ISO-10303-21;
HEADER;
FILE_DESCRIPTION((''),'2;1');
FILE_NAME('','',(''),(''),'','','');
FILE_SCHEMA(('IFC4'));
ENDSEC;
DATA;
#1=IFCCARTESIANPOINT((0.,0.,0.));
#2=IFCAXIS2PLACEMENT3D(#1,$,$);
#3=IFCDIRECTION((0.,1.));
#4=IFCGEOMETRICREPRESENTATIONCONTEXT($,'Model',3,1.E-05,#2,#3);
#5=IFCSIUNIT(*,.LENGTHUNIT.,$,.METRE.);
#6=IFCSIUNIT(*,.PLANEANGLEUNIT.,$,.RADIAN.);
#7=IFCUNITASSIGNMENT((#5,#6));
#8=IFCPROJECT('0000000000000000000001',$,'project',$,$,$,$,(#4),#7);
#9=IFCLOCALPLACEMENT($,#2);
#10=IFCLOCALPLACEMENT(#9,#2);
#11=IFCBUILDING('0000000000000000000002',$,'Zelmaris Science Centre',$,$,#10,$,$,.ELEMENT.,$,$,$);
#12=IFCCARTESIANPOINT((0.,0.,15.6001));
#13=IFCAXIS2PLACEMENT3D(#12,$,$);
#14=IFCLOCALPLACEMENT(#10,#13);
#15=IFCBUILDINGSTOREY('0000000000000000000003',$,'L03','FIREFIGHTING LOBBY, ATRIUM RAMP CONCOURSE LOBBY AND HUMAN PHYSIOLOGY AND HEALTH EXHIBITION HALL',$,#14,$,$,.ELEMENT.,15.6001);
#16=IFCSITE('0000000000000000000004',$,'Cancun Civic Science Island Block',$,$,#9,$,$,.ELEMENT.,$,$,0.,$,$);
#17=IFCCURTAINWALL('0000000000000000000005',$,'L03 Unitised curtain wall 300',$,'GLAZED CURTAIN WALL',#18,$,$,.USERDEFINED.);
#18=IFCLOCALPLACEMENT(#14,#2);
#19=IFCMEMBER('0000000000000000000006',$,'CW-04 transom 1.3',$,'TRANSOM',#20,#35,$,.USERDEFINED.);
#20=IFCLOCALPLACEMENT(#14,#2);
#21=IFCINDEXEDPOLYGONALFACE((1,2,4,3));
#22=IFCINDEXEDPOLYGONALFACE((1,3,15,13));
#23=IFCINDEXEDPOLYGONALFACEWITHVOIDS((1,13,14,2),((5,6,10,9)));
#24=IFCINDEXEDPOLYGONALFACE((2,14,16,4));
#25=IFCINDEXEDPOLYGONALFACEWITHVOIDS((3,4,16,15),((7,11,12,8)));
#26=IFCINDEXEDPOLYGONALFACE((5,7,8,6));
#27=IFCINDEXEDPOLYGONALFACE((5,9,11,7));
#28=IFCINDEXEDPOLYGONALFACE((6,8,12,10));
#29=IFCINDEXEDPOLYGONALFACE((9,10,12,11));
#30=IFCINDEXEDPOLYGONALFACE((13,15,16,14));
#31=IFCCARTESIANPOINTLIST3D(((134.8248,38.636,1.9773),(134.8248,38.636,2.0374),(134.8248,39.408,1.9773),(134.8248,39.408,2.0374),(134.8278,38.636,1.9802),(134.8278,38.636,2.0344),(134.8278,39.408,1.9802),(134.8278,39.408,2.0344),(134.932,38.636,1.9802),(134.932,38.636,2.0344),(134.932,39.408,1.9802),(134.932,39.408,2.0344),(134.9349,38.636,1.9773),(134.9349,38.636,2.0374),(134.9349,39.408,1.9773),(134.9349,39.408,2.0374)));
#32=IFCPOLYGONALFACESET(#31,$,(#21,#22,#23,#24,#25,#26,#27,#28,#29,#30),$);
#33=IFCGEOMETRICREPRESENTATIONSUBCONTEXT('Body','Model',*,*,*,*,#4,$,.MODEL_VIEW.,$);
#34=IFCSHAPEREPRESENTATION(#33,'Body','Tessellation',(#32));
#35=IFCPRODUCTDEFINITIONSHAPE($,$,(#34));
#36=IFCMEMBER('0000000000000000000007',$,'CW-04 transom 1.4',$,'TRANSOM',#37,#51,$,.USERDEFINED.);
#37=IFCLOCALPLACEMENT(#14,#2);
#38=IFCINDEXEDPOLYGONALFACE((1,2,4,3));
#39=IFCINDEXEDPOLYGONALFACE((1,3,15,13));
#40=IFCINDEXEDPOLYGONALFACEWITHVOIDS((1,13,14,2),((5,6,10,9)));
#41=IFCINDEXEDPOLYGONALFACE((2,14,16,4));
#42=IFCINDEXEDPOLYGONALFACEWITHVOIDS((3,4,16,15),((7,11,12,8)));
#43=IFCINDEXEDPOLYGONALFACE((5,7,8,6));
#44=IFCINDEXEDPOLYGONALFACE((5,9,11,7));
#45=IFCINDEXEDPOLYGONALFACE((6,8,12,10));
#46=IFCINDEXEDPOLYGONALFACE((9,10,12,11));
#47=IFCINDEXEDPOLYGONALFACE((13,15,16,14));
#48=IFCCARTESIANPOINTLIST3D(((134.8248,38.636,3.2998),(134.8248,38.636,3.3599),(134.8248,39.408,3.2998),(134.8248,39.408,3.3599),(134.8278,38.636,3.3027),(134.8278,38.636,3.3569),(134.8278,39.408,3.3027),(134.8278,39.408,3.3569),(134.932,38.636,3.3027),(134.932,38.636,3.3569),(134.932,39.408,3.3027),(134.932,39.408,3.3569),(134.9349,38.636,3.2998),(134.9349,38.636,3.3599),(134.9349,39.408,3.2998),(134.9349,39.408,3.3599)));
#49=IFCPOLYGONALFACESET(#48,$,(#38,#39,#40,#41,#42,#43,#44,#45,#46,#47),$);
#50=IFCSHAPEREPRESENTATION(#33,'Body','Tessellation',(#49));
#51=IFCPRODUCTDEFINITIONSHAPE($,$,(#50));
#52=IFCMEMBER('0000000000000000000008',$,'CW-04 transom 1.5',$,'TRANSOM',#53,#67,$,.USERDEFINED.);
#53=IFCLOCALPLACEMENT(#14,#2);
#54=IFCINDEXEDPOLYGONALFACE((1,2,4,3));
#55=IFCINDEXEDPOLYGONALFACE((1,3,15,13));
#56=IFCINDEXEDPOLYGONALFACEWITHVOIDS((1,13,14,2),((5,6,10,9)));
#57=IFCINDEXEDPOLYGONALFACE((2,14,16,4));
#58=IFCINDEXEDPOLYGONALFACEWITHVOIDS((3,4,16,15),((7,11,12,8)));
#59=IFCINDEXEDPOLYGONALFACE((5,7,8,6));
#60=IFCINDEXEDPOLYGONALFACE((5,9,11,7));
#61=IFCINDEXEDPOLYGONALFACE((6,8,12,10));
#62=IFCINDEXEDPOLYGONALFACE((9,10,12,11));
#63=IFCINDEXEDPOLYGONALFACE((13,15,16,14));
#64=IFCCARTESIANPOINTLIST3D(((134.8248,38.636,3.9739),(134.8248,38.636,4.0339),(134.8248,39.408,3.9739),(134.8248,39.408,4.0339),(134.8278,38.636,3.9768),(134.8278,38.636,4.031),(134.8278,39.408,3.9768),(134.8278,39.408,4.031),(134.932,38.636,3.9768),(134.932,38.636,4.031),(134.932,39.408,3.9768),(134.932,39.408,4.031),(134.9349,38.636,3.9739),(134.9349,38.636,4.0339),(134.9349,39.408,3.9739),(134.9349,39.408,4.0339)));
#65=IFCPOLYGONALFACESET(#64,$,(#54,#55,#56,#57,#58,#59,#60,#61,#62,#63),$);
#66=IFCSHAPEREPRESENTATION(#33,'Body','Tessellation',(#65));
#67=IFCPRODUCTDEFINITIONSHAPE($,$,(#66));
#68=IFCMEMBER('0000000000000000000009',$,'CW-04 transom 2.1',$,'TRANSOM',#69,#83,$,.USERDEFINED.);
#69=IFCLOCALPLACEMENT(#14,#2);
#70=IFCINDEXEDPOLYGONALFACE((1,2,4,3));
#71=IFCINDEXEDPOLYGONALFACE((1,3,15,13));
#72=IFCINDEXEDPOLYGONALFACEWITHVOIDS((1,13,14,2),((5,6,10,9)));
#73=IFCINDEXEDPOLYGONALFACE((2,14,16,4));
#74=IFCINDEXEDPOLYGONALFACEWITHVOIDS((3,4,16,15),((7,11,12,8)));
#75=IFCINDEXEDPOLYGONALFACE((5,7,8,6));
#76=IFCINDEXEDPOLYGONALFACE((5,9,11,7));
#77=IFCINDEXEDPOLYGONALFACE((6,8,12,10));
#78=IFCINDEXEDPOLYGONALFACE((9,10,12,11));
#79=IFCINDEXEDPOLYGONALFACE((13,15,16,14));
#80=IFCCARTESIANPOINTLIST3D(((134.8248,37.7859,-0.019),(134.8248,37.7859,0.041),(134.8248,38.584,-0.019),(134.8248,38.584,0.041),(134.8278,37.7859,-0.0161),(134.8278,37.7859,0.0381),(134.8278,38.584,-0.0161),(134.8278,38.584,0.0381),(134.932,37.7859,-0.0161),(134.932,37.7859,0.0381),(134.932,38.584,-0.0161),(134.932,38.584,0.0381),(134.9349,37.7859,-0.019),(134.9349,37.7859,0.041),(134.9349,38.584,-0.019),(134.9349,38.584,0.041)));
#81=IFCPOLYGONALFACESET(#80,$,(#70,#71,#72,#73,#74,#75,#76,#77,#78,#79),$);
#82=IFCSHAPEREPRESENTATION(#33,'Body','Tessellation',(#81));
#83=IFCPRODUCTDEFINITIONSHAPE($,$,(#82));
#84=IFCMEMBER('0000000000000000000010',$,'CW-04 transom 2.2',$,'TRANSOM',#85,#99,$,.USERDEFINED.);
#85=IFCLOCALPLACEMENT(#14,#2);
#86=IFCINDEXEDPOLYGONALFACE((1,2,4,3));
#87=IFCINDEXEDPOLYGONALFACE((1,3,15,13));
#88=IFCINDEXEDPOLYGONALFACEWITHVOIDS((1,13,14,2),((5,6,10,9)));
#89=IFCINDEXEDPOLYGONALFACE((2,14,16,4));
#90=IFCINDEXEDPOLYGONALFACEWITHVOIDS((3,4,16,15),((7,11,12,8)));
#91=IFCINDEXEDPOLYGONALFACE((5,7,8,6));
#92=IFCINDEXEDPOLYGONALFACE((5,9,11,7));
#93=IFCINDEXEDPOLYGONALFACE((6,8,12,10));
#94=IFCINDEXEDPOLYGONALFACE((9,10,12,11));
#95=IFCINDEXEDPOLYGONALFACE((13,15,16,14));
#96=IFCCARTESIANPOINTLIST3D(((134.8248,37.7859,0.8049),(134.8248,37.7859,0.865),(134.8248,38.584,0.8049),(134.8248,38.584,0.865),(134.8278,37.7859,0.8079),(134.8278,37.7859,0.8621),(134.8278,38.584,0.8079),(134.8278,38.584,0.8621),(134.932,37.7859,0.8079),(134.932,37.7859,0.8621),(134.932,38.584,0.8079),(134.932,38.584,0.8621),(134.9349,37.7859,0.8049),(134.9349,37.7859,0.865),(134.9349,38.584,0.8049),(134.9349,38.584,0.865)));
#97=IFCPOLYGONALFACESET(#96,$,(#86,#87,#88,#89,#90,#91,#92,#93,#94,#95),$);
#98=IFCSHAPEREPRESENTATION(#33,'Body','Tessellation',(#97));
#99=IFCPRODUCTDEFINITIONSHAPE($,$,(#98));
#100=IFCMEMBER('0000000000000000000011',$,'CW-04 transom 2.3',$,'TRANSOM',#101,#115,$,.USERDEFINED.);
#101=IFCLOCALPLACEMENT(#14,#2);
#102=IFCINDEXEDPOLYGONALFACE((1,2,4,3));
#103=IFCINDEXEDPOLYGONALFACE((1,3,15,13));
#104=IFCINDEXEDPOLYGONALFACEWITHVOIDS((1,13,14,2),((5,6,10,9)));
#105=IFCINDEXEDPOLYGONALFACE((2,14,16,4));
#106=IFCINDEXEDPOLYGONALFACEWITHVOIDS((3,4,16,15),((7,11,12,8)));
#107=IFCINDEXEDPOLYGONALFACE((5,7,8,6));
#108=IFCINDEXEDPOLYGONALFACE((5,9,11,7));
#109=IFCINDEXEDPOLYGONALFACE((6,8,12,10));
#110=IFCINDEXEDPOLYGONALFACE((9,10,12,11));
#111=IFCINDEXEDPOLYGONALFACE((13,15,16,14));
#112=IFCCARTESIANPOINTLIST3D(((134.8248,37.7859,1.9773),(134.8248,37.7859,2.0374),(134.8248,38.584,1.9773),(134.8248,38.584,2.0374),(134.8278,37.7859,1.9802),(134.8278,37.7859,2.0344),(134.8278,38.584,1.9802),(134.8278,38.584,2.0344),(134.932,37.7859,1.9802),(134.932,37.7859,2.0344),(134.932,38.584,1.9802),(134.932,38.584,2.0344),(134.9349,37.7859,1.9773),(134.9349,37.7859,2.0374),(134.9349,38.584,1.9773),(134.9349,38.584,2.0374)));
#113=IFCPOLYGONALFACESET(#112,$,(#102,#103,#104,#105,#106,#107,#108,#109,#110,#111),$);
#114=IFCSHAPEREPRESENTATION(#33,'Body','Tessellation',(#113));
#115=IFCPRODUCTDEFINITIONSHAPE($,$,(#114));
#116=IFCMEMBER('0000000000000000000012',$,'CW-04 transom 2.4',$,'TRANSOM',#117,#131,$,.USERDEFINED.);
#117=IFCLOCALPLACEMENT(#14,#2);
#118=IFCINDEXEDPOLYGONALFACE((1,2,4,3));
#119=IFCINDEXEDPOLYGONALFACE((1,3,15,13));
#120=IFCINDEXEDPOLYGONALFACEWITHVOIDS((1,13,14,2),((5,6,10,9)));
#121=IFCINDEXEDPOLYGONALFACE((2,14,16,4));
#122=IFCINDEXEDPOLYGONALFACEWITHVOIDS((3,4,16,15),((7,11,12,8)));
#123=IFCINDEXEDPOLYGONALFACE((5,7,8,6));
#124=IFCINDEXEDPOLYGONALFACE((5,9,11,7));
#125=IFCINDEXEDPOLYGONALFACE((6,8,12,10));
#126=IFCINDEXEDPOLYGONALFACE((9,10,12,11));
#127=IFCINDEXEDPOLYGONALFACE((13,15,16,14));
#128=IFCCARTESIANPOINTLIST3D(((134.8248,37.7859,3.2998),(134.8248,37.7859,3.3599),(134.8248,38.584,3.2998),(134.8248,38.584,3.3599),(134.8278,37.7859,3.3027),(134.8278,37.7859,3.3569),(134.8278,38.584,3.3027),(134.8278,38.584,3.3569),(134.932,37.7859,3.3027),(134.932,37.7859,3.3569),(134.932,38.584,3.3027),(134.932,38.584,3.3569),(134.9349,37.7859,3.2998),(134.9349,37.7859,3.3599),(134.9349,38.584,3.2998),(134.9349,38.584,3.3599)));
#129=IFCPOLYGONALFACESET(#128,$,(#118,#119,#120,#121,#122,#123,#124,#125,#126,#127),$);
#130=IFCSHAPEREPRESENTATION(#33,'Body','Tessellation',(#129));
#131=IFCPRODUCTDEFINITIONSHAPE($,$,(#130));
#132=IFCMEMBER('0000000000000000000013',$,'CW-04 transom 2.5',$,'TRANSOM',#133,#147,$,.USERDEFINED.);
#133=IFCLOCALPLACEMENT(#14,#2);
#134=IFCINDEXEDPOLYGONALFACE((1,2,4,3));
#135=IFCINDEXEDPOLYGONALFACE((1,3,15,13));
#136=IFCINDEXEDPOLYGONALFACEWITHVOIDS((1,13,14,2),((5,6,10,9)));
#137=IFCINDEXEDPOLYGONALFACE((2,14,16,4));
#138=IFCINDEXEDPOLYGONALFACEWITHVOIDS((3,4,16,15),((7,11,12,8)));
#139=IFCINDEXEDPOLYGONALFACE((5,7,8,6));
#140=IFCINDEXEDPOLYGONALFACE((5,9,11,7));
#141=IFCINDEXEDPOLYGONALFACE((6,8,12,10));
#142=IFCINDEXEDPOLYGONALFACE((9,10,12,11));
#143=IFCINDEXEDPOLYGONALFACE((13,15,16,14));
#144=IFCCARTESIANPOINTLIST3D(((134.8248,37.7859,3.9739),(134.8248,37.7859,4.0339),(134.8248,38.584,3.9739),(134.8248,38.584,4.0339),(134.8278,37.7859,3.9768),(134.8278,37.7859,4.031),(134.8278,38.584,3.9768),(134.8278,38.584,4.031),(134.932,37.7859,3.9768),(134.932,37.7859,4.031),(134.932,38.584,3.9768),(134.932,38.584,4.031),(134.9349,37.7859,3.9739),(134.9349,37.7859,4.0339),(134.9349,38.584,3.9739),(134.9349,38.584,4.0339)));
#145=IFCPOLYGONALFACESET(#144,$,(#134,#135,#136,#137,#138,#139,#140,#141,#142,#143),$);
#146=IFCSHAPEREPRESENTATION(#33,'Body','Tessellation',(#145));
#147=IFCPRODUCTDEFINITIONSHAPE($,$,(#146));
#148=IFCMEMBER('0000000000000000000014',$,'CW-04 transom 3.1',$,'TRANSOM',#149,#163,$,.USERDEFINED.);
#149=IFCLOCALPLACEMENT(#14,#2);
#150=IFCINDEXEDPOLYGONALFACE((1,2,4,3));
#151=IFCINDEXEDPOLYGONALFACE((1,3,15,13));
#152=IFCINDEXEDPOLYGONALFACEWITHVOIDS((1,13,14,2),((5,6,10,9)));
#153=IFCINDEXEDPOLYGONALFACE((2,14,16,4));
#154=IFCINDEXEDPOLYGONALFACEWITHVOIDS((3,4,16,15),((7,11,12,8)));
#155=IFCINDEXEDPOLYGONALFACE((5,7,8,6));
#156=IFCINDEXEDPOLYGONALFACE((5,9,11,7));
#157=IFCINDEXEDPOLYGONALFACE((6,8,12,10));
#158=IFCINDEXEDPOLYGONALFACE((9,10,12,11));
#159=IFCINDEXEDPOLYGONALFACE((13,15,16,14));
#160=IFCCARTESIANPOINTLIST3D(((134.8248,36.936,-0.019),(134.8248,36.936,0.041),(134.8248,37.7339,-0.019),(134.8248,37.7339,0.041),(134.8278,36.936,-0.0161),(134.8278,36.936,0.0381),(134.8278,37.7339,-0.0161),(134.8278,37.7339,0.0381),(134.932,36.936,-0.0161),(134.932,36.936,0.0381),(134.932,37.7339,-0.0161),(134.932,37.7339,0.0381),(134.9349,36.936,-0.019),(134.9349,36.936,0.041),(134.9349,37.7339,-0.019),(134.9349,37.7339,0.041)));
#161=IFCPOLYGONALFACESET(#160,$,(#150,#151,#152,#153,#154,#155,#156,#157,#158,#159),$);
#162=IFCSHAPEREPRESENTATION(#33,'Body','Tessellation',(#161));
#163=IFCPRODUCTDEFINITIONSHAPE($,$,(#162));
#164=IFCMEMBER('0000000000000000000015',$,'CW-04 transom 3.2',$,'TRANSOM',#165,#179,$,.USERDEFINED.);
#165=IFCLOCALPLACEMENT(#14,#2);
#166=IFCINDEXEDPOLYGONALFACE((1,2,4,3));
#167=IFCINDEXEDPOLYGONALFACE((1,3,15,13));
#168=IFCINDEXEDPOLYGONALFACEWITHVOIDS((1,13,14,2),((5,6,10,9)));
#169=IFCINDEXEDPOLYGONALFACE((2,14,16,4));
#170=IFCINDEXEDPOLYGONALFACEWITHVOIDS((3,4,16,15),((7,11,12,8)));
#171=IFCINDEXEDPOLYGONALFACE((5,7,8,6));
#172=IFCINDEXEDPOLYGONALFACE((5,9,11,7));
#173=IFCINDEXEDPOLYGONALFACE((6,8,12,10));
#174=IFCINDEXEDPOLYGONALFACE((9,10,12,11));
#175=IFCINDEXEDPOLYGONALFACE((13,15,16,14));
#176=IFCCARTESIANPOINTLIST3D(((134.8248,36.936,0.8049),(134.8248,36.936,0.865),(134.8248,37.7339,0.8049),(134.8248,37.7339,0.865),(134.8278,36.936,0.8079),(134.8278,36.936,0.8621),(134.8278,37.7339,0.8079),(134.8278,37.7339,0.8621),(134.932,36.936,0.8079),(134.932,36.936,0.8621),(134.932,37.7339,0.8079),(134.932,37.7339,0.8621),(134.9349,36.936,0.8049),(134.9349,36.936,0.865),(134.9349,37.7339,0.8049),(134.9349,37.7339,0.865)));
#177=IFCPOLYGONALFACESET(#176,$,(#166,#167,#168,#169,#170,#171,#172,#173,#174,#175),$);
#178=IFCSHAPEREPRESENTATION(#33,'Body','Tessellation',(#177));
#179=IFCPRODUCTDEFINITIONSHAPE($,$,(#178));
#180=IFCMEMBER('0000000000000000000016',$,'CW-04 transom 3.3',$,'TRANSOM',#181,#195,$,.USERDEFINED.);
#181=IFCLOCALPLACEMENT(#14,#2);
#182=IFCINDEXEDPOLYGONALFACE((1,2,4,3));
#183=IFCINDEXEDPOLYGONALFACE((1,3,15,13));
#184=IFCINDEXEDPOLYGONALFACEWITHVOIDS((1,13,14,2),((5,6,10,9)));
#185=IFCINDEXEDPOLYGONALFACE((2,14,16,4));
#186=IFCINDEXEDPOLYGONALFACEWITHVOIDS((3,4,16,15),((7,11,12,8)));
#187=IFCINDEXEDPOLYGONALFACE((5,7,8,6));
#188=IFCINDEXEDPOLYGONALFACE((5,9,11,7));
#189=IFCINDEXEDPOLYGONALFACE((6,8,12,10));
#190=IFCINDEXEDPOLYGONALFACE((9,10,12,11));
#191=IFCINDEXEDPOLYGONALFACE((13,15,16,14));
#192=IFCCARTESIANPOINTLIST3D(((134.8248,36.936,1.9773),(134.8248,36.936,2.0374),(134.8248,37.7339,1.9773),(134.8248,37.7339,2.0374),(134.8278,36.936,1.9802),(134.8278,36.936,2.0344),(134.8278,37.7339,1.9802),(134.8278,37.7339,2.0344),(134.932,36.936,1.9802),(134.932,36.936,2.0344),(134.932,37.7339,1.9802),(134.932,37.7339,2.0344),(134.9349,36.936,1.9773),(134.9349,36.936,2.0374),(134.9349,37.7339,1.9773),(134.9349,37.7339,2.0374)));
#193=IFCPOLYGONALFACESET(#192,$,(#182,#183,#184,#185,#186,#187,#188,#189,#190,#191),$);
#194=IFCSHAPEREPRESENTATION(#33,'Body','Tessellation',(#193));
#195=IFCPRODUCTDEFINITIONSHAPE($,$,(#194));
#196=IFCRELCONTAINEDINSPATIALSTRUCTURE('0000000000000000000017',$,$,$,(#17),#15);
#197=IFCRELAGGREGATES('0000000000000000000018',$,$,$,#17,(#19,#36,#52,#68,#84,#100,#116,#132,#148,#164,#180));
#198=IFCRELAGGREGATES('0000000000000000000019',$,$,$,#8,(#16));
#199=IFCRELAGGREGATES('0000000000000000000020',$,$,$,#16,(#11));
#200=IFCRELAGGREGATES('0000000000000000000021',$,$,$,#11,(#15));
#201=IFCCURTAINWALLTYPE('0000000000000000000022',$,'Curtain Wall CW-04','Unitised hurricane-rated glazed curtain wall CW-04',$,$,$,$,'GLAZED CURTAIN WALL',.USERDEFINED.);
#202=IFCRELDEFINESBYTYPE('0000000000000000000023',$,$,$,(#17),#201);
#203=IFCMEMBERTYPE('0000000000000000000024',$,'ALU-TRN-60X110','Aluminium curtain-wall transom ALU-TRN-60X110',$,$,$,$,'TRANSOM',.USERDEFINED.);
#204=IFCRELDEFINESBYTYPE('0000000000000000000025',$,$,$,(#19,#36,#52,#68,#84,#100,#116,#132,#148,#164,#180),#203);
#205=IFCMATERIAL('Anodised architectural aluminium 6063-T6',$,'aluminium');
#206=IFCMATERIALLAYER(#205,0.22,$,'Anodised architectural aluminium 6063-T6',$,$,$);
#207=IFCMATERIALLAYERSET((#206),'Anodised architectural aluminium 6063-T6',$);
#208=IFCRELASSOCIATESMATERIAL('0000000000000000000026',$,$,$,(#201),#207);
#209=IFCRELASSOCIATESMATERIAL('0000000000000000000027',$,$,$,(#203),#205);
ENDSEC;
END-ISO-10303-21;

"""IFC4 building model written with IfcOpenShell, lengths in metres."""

from ifc_helpers import new_model, si_unit, direction, frame, origin, origin_2d, place, context, subcontext, project, spatial, hollow_rectangle, extrude, material, layer, layer_set, material_profile, profile_set, type_object, element, aggregate, save


model = new_model("IFC4")

# Units and contexts
model_context = context("Model", 3, precision=1e-05, world=origin(), true_north=direction((0.0, 1.0)))
body_context = subcontext(model_context, "Body", "Model", "MODEL_VIEW")
ifc_project = project(units=[si_unit("LENGTHUNIT", "METRE"), si_unit("PLANEANGLEUNIT", "RADIAN")], contexts=[model_context])

# Site, building, storey
site_placement = place(None, origin())
site = spatial("IfcSite", under=ifc_project, at=site_placement, Name="Cancun Civic Science Island Block", CompositionType="ELEMENT", RefElevation=0.0)
building_placement = place(site_placement, origin())
building = spatial("IfcBuilding", under=site, at=building_placement, Name="Zelmaris Science Centre", CompositionType="ELEMENT")
storey_placement = place(building_placement, frame((0.0, 0.0, 15.6001)))
storey = spatial("IfcBuildingStorey", under=building, at=storey_placement, Name="L03", Description="FIREFIGHTING LOBBY, ATRIUM RAMP CONCOURSE LOBBY AND HUMAN PHYSIOLOGY AND HEALTH EXHIBITION HALL", CompositionType="ELEMENT", Elevation=15.6001)

# Curtain wall, members
ifc_material_1 = material(Name="Anodised architectural aluminium 6063-T6", Category="aluminium")
ifc_layer_1 = layer(ifc_material_1, 0.22, Name="Anodised architectural aluminium 6063-T6")
ifc_layer_set_1 = layer_set([ifc_layer_1], Name="Anodised architectural aluminium 6063-T6")
curtain_wall_type = type_object("IfcCurtainWallType", Name="Curtain Wall CW-04", Description="Unitised hurricane-rated glazed curtain wall CW-04", ElementType="GLAZED CURTAIN WALL", PredefinedType="USERDEFINED", material=ifc_layer_set_1)
curtain_wall_placement = place(storey_placement, origin())
curtain_wall = element("IfcCurtainWall", 1, at=curtain_wall_placement, inside=storey, type_object=curtain_wall_type, Name="L03 Unitised curtain wall 300", ObjectType="GLAZED CURTAIN WALL", PredefinedType="USERDEFINED")
ifc_material_profile_1 = material_profile(ifc_material_1, hollow_rectangle(XDim=0.0601, YDim=0.1101, WallThickness=0.0029, at=origin_2d()), Name="ALU-TRN-60X110")
ifc_profile_set_1 = profile_set([ifc_material_profile_1], Name="Anodised architectural aluminium 6063-T6")
member_type_1 = type_object("IfcMemberType", Name="ALU-TRN-60X110", Description="Aluminium curtain-wall transom ALU-TRN-60X110", ElementType="TRANSOM", PredefinedType="USERDEFINED", material=ifc_profile_set_1)
member_1_placement = place(storey_placement, frame((134.8799, 39.408, 2.0073), z_axis=(0.0, -1.0, 0.0), x_axis=(0.0, 0.0, 1.0)))
member_1 = element("IfcMember", 2, at=member_1_placement, type_object=member_type_1, Name="CW-04 transom 1.3", ObjectType="TRANSOM", PredefinedType="USERDEFINED", context=body_context, shape_type="SweptSolid", body=[
    extrude(hollow_rectangle(XDim=0.0601, YDim=0.1101, WallThickness=0.0029, at=origin_2d()), origin(), (0.0, 0.0, 1.0), 0.772),
])
member_2_placement = place(storey_placement, frame((134.8799, 39.408, 3.3298), z_axis=(0.0, -1.0, 0.0), x_axis=(0.0, 0.0, 1.0)))
member_2 = element("IfcMember", 3, at=member_2_placement, type_object=member_type_1, Name="CW-04 transom 1.4", ObjectType="TRANSOM", PredefinedType="USERDEFINED", context=body_context, shape_type="SweptSolid", body=[
    extrude(hollow_rectangle(XDim=0.0601, YDim=0.1101, WallThickness=0.0029, at=origin_2d()), origin(), (0.0, 0.0, 1.0), 0.772),
])
member_3_placement = place(storey_placement, frame((134.8799, 39.408, 4.0039), z_axis=(0.0, -1.0, 0.0), x_axis=(0.0, 0.0, 1.0)))
member_3 = element("IfcMember", 4, at=member_3_placement, type_object=member_type_1, Name="CW-04 transom 1.5", ObjectType="TRANSOM", PredefinedType="USERDEFINED", context=body_context, shape_type="SweptSolid", body=[
    extrude(hollow_rectangle(XDim=0.0601, YDim=0.1101, WallThickness=0.0029, at=origin_2d()), origin(), (0.0, 0.0, 1.0), 0.772),
])
member_4_placement = place(storey_placement, frame((134.8799, 38.584, 0.011), z_axis=(0.0, -1.0, 0.0), x_axis=(0.0, 0.0, 1.0)))
member_4 = element("IfcMember", 5, at=member_4_placement, type_object=member_type_1, Name="CW-04 transom 2.1", ObjectType="TRANSOM", PredefinedType="USERDEFINED", context=body_context, shape_type="SweptSolid", body=[
    extrude(hollow_rectangle(XDim=0.0601, YDim=0.1101, WallThickness=0.0029, at=origin_2d()), origin(), (0.0, 0.0, 1.0), 0.7981),
])
member_5_placement = place(storey_placement, frame((134.8799, 38.584, 0.835), z_axis=(0.0, -1.0, 0.0), x_axis=(0.0, 0.0, 1.0)))
member_5 = element("IfcMember", 6, at=member_5_placement, type_object=member_type_1, Name="CW-04 transom 2.2", ObjectType="TRANSOM", PredefinedType="USERDEFINED", context=body_context, shape_type="SweptSolid", body=[
    extrude(hollow_rectangle(XDim=0.0601, YDim=0.1101, WallThickness=0.0029, at=origin_2d()), origin(), (0.0, 0.0, 1.0), 0.7981),
])
member_6_placement = place(storey_placement, frame((134.8799, 38.584, 2.0073), z_axis=(0.0, -1.0, 0.0), x_axis=(0.0, 0.0, 1.0)))
member_6 = element("IfcMember", 7, at=member_6_placement, type_object=member_type_1, Name="CW-04 transom 2.3", ObjectType="TRANSOM", PredefinedType="USERDEFINED", context=body_context, shape_type="SweptSolid", body=[
    extrude(hollow_rectangle(XDim=0.0601, YDim=0.1101, WallThickness=0.0029, at=origin_2d()), origin(), (0.0, 0.0, 1.0), 0.7981),
])
member_7_placement = place(storey_placement, frame((134.8799, 38.584, 3.3298), z_axis=(0.0, -1.0, 0.0), x_axis=(0.0, 0.0, 1.0)))
member_7 = element("IfcMember", 8, at=member_7_placement, type_object=member_type_1, Name="CW-04 transom 2.4", ObjectType="TRANSOM", PredefinedType="USERDEFINED", context=body_context, shape_type="SweptSolid", body=[
    extrude(hollow_rectangle(XDim=0.0601, YDim=0.1101, WallThickness=0.0029, at=origin_2d()), origin(), (0.0, 0.0, 1.0), 0.7981),
])
member_8_placement = place(storey_placement, frame((134.8799, 38.584, 4.0039), z_axis=(0.0, -1.0, 0.0), x_axis=(0.0, 0.0, 1.0)))
member_8 = element("IfcMember", 9, at=member_8_placement, type_object=member_type_1, Name="CW-04 transom 2.5", ObjectType="TRANSOM", PredefinedType="USERDEFINED", context=body_context, shape_type="SweptSolid", body=[
    extrude(hollow_rectangle(XDim=0.0601, YDim=0.1101, WallThickness=0.0029, at=origin_2d()), origin(), (0.0, 0.0, 1.0), 0.7981),
])
member_9_placement = place(storey_placement, frame((134.8799, 37.7339, 0.011), z_axis=(0.0, -1.0, 0.0), x_axis=(0.0, 0.0, 1.0)))
member_9 = element("IfcMember", 10, at=member_9_placement, type_object=member_type_1, Name="CW-04 transom 3.1", ObjectType="TRANSOM", PredefinedType="USERDEFINED", context=body_context, shape_type="SweptSolid", body=[
    extrude(hollow_rectangle(XDim=0.0601, YDim=0.1101, WallThickness=0.0029, at=origin_2d()), origin(), (0.0, 0.0, 1.0), 0.7979),
])
member_10_placement = place(storey_placement, frame((134.8799, 37.7339, 0.835), z_axis=(0.0, -1.0, 0.0), x_axis=(0.0, 0.0, 1.0)))
member_10 = element("IfcMember", 11, at=member_10_placement, type_object=member_type_1, Name="CW-04 transom 3.2", ObjectType="TRANSOM", PredefinedType="USERDEFINED", context=body_context, shape_type="SweptSolid", body=[
    extrude(hollow_rectangle(XDim=0.0601, YDim=0.1101, WallThickness=0.0029, at=origin_2d()), origin(), (0.0, 0.0, 1.0), 0.7979),
])
member_11_placement = place(storey_placement, frame((134.8799, 37.7339, 2.0073), z_axis=(0.0, -1.0, 0.0), x_axis=(0.0, 0.0, 1.0)))
member_11 = element("IfcMember", 12, at=member_11_placement, type_object=member_type_1, Name="CW-04 transom 3.3", ObjectType="TRANSOM", PredefinedType="USERDEFINED", context=body_context, shape_type="SweptSolid", body=[
    extrude(hollow_rectangle(XDim=0.0601, YDim=0.1101, WallThickness=0.0029, at=origin_2d()), origin(), (0.0, 0.0, 1.0), 0.7979),
])

aggregate(curtain_wall, [member_1, member_2, member_3, member_4, member_5, member_6, member_7, member_8, member_9, member_10, member_11])

save(model, "model.ifc")
